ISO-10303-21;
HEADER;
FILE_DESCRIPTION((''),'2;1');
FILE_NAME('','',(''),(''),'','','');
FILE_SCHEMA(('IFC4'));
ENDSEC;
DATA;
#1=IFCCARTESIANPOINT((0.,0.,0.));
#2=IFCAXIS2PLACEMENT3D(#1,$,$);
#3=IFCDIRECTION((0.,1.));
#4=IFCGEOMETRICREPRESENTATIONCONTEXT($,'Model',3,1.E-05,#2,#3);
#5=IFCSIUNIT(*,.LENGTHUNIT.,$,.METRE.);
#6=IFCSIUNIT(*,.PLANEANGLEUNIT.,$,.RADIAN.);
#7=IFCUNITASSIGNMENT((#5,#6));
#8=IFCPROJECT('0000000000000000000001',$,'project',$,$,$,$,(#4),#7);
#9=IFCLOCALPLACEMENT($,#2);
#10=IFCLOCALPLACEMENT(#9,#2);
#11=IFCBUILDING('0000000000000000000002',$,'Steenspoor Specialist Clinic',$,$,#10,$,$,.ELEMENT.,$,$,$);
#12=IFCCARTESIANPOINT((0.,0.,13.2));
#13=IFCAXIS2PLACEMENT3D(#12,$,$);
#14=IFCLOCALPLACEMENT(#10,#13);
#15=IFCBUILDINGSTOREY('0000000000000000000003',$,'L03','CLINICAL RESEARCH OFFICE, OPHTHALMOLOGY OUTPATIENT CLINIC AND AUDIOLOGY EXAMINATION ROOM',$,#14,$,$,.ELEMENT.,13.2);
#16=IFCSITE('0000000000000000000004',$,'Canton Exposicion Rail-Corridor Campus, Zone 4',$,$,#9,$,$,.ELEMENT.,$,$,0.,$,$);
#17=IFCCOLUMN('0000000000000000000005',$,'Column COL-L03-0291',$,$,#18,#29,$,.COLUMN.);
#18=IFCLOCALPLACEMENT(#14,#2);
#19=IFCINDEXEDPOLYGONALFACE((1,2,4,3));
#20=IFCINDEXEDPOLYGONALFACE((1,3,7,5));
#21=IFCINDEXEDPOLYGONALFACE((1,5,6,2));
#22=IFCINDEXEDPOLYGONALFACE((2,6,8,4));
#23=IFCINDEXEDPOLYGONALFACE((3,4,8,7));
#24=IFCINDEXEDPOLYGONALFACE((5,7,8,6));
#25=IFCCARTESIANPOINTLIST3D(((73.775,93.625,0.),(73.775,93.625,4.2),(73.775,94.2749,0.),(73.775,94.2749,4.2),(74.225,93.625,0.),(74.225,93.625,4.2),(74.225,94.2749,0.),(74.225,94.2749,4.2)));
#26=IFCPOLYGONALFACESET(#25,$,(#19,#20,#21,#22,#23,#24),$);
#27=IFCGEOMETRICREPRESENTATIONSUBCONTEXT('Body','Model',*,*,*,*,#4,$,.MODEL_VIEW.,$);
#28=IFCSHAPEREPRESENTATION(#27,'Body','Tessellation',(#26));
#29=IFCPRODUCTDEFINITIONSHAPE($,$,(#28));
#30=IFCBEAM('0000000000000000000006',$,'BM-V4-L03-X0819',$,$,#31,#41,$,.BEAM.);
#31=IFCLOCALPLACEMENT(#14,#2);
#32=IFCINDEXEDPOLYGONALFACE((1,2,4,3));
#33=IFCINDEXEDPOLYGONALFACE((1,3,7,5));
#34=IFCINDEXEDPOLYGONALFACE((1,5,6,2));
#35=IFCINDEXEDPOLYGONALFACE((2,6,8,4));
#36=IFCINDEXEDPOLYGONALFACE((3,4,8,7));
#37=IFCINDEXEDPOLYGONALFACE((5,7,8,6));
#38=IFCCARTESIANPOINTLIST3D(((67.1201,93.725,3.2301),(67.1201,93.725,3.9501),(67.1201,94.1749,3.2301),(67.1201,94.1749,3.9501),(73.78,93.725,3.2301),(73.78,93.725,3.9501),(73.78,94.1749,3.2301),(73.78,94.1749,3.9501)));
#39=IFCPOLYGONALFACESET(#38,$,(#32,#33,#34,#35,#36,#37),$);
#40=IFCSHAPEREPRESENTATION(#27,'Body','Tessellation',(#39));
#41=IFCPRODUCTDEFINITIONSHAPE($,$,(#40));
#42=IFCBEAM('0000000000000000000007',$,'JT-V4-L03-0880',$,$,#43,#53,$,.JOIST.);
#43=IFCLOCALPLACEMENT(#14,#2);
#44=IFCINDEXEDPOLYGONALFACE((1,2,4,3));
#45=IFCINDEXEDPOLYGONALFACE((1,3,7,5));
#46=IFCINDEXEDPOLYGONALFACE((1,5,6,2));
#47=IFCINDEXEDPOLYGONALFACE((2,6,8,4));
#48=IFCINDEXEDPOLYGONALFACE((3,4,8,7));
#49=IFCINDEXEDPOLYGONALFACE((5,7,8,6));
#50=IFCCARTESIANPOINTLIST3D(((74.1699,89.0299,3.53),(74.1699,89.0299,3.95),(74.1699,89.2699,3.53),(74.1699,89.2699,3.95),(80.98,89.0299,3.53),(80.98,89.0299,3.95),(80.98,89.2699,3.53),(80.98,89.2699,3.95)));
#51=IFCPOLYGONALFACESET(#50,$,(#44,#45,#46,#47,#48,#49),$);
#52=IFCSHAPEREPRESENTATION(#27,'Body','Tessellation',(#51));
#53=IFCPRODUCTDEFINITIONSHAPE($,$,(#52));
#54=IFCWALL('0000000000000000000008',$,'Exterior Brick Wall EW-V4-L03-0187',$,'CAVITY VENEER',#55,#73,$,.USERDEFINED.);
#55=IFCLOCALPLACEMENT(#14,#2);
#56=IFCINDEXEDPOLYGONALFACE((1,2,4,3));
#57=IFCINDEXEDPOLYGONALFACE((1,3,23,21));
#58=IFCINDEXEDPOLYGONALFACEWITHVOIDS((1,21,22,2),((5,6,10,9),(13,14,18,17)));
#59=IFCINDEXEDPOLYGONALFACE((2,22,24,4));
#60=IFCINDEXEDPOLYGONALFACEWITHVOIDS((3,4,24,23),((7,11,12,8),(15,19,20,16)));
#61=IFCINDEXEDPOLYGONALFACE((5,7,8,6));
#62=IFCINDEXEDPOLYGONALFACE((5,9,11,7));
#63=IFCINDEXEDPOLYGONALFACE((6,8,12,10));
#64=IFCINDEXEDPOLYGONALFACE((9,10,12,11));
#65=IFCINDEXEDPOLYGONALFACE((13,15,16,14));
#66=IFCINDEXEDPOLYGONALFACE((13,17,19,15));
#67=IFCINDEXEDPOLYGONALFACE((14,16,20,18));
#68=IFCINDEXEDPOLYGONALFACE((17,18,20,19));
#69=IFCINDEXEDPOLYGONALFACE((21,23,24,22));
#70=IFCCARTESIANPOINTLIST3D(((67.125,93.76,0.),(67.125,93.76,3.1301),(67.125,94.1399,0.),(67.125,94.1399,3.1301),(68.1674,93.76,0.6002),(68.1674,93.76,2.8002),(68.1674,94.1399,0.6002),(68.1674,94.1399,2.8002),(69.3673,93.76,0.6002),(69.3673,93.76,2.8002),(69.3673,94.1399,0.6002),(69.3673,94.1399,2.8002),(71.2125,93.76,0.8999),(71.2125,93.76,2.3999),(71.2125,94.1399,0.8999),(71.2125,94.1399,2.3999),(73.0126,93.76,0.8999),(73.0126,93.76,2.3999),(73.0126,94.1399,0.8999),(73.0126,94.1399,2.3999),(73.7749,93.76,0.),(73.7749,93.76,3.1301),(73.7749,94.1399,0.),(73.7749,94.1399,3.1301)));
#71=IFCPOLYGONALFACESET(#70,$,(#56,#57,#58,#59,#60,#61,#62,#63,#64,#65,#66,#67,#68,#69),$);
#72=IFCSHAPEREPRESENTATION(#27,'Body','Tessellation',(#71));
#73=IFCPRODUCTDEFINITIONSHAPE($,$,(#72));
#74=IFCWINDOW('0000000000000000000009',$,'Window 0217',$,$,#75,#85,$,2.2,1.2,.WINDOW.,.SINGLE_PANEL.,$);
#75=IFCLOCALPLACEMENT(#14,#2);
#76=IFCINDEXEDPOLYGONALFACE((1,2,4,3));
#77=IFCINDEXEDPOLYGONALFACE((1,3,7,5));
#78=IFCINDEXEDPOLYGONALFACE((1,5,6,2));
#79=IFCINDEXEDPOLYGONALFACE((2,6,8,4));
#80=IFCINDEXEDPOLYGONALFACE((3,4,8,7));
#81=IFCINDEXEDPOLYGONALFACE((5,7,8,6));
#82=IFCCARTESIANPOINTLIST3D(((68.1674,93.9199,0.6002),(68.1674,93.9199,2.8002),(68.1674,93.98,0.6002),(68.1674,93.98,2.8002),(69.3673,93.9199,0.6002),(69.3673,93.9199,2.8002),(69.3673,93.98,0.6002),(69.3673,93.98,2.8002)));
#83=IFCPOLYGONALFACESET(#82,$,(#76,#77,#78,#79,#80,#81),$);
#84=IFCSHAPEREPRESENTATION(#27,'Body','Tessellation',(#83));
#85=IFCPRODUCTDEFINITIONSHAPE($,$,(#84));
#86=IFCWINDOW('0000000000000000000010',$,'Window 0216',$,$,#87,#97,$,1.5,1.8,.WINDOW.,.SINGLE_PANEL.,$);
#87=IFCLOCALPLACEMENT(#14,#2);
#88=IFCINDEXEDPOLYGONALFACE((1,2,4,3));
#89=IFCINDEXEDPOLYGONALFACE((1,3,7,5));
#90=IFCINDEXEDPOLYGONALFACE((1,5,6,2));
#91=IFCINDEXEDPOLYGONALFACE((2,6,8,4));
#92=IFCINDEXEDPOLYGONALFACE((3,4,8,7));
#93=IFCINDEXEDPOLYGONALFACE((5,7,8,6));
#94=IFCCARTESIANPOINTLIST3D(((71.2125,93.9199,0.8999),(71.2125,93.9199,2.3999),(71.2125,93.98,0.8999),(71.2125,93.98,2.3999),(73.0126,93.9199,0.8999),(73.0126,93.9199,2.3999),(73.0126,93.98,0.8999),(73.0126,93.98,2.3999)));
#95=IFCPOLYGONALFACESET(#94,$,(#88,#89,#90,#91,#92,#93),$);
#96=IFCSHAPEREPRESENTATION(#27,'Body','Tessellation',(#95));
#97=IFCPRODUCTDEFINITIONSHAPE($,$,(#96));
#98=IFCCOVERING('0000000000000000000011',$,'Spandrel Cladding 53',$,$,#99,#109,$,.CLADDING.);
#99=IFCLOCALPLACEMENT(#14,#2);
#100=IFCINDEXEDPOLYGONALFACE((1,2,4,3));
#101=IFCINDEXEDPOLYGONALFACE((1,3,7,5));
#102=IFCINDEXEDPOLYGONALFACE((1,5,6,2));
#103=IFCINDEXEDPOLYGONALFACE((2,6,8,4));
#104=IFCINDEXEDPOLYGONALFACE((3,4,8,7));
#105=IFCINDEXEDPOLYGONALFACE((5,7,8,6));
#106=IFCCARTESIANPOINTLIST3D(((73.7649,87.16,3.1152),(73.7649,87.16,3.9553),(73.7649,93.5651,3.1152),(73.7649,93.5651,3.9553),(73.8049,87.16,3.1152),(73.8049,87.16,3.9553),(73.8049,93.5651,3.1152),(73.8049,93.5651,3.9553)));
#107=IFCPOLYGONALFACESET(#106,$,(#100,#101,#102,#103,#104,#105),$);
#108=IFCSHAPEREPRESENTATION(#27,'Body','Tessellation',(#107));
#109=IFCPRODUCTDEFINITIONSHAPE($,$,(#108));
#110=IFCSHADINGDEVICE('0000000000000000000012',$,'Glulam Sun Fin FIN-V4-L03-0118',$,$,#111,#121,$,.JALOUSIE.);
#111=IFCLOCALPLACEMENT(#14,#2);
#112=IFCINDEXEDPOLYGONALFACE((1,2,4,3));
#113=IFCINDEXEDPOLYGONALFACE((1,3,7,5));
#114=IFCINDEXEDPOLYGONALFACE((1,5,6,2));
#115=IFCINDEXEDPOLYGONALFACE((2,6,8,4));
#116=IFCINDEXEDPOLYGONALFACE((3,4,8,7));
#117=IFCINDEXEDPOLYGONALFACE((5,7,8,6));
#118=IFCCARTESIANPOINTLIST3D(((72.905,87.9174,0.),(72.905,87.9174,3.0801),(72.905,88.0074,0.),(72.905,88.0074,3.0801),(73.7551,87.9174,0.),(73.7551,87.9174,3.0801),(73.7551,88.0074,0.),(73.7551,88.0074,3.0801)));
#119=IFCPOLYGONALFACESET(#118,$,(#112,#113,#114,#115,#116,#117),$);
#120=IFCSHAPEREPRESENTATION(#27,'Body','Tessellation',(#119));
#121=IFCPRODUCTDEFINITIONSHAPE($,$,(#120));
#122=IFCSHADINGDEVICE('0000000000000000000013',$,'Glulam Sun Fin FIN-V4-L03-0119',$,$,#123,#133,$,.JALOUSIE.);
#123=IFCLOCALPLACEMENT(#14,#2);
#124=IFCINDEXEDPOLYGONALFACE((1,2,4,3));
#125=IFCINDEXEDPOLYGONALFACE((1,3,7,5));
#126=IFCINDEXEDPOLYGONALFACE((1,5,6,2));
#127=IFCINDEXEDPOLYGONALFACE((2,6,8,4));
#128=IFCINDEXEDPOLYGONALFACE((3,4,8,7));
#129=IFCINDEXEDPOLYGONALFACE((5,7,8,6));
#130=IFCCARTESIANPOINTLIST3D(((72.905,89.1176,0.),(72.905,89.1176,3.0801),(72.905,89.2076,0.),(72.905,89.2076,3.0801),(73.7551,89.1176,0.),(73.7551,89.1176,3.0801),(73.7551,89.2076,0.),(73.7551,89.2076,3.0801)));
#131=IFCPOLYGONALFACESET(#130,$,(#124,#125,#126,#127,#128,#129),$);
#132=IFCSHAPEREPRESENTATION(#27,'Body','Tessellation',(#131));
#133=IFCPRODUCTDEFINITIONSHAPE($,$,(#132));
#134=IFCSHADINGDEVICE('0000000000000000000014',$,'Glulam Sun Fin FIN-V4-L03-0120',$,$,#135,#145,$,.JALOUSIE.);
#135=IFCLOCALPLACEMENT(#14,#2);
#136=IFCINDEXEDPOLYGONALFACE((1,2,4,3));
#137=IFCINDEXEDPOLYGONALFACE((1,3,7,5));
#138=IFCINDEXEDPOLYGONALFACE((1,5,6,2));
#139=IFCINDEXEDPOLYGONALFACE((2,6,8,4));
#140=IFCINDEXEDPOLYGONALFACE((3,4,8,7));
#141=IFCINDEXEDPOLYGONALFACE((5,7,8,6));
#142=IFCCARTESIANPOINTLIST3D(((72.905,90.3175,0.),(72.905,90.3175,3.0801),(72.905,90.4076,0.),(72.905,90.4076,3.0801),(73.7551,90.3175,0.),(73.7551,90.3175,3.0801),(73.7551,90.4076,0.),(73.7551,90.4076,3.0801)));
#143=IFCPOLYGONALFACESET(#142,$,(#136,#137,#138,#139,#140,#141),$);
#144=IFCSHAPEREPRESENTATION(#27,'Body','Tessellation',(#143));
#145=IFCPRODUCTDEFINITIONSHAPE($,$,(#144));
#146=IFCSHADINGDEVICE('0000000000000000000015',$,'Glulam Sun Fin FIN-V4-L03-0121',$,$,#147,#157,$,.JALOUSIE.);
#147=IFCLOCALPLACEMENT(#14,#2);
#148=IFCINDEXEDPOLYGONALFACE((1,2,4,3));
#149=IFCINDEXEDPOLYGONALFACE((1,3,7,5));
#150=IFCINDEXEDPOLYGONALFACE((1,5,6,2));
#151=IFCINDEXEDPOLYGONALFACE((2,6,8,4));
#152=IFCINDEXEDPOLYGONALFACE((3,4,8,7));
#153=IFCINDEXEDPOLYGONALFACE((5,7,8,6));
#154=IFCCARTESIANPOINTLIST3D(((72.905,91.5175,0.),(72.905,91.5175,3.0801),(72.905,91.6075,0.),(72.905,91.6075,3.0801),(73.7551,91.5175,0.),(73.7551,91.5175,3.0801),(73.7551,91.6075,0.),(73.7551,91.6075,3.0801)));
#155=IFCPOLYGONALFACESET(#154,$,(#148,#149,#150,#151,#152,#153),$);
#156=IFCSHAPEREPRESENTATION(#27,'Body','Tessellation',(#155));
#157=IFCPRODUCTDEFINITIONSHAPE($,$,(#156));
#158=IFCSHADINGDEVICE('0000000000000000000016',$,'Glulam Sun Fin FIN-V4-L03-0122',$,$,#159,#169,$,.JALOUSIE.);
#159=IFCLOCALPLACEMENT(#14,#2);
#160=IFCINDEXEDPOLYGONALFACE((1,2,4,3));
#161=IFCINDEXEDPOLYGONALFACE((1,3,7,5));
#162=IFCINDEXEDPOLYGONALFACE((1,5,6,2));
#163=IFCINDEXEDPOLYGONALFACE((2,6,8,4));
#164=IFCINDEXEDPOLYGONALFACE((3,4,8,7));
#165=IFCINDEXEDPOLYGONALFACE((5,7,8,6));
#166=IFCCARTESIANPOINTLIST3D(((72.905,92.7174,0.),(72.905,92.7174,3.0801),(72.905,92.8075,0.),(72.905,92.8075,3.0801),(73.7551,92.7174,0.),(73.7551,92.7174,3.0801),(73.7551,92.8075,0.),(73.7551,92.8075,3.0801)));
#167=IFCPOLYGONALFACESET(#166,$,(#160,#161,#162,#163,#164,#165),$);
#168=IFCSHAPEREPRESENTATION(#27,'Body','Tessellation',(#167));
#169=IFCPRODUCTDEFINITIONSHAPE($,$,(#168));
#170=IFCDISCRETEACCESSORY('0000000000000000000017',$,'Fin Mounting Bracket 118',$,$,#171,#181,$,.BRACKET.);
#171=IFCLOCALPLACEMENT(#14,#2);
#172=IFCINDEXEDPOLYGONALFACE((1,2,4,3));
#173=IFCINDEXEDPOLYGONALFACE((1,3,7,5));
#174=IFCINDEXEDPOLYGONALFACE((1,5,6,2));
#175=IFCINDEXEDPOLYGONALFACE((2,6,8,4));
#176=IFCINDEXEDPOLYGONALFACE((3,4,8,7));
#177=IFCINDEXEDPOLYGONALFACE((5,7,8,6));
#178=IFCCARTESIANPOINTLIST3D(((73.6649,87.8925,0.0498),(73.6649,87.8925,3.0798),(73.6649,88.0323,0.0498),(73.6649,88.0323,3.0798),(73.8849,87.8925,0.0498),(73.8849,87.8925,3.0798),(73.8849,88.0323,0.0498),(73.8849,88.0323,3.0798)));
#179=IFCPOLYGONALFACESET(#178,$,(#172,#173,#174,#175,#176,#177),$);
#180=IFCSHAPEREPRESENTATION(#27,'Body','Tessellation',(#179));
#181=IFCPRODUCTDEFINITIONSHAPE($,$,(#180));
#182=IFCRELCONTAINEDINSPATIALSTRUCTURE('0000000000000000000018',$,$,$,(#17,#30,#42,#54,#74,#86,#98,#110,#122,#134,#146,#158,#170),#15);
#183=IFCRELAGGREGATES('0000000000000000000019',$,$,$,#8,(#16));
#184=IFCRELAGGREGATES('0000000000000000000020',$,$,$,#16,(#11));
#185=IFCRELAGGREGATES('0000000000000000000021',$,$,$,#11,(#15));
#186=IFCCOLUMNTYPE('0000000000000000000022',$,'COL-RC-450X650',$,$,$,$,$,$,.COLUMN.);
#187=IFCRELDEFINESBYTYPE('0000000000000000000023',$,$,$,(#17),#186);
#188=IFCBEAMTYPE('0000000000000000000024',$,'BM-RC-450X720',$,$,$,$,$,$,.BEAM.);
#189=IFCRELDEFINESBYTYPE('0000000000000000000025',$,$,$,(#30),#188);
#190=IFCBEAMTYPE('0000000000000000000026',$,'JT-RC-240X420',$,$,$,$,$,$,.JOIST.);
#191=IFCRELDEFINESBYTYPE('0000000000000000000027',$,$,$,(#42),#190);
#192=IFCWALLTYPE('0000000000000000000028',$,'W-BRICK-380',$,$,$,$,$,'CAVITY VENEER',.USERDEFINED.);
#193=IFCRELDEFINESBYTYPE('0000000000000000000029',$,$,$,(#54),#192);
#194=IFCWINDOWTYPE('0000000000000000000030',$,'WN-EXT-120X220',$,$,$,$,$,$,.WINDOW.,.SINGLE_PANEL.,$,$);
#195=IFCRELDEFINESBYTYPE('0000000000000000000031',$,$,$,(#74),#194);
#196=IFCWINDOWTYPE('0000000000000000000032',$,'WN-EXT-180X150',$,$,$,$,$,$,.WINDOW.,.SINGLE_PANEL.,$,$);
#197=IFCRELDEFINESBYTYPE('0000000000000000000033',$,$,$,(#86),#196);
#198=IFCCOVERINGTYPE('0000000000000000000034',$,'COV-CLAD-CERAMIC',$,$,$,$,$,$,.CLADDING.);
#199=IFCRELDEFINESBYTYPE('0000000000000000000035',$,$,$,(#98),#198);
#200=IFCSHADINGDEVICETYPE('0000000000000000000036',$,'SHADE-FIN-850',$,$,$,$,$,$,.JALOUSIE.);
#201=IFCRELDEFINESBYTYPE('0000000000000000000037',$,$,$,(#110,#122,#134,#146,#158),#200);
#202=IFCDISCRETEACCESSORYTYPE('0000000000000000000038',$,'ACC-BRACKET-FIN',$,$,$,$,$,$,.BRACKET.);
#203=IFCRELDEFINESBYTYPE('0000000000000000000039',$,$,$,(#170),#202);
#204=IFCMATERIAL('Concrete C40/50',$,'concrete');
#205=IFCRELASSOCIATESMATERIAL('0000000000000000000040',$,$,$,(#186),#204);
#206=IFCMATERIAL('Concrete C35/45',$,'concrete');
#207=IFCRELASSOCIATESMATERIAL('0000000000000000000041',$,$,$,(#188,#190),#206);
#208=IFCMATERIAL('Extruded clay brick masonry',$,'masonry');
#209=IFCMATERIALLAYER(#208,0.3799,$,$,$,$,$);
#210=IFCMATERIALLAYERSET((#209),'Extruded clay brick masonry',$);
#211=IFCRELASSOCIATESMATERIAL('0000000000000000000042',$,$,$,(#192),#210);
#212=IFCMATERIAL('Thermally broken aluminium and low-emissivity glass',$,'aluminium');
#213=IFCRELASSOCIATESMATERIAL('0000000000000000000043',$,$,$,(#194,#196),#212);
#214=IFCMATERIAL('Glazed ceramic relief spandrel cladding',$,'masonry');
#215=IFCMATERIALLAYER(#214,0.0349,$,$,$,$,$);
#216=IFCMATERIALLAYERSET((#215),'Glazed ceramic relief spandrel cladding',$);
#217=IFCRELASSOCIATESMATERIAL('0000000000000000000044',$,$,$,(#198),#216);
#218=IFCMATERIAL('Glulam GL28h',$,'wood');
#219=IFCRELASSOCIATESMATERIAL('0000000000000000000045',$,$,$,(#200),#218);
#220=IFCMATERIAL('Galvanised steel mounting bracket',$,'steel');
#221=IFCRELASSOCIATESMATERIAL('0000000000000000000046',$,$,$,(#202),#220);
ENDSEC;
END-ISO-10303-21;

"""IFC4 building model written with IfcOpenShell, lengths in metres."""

from ifc_helpers import new_model, si_unit, direction, frame, frame_2d, origin, origin_2d, place, context, subcontext, project, spatial, rectangle, extrude, material, layer, layer_set, material_profile, profile_set, type_object, element, fill, save


model = new_model("IFC4")

# Units and contexts
model_context = context("Model", 3, precision=1e-05, world=origin(), true_north=direction((0.0, 1.0)))
body_context = subcontext(model_context, "Body", "Model", "MODEL_VIEW")
ifc_project = project(units=[si_unit("LENGTHUNIT", "METRE"), si_unit("PLANEANGLEUNIT", "RADIAN")], contexts=[model_context])

# Site, building, storey
site_placement = place(None, origin())
site = spatial("IfcSite", under=ifc_project, at=site_placement, Name="Canton Exposicion Rail-Corridor Campus, Zone 4", CompositionType="ELEMENT", RefElevation=0.0)
building_placement = place(site_placement, origin())
building = spatial("IfcBuilding", under=site, at=building_placement, Name="Steenspoor Specialist Clinic", CompositionType="ELEMENT")
storey_placement = place(building_placement, frame((0.0, 0.0, 13.2)))
storey = spatial("IfcBuildingStorey", under=building, at=storey_placement, Name="L03", Description="CLINICAL RESEARCH OFFICE, OPHTHALMOLOGY OUTPATIENT CLINIC AND AUDIOLOGY EXAMINATION ROOM", CompositionType="ELEMENT", Elevation=13.2)

# Column
ifc_material_1 = material(Name="Concrete C40/50", Category="concrete")
ifc_material_profile_1 = material_profile(ifc_material_1, rectangle(XDim=0.45, YDim=0.6499, at=origin_2d()), Name="RC-COL-450X650")
ifc_profile_set_1 = profile_set([ifc_material_profile_1], Name="Concrete C40/50")
column_type = type_object("IfcColumnType", Name="COL-RC-450X650", PredefinedType="COLUMN", material=ifc_profile_set_1)
column_placement = place(storey_placement, frame((74.0, 93.95, 0.0), z_axis=(0.0, 0.0, 1.0), x_axis=(1.0, 0.0, 0.0)))
element("IfcColumn", 1, at=column_placement, inside=storey, type_object=column_type, Name="Column COL-L03-0291", PredefinedType="COLUMN", context=body_context, shape_type="SweptSolid", body=[
    extrude(rectangle(XDim=0.45, YDim=0.6499, at=origin_2d()), origin(), (0.0, 0.0, 1.0), 4.2),
])

# Beams
ifc_material_2 = material(Name="Concrete C35/45", Category="concrete")
ifc_material_profile_2 = material_profile(ifc_material_2, rectangle(XDim=0.45, YDim=0.72, at=origin_2d()), Name="RC-BM-450X720")
ifc_profile_set_2 = profile_set([ifc_material_profile_2], Name="Concrete C35/45")
beam_type_1 = type_object("IfcBeamType", Name="BM-RC-450X720", PredefinedType="BEAM", material=ifc_profile_set_2)
beam_1_placement = place(storey_placement, frame((67.1201, 93.95, 3.5901), z_axis=(1.0, 0.0, 0.0), x_axis=(0.0, 1.0, 0.0)))
element("IfcBeam", 2, at=beam_1_placement, inside=storey, type_object=beam_type_1, Name="BM-V4-L03-X0819", PredefinedType="BEAM", context=body_context, shape_type="SweptSolid", body=[
    extrude(rectangle(XDim=0.45, YDim=0.72, at=origin_2d()), origin(), (0.0, 0.0, 1.0), 6.6599),
])
ifc_material_profile_3 = material_profile(ifc_material_2, rectangle(XDim=0.24, YDim=0.4199, at=origin_2d()), Name="RC-JT-240X420")
ifc_profile_set_3 = profile_set([ifc_material_profile_3], Name="Concrete C35/45")
beam_type_2 = type_object("IfcBeamType", Name="JT-RC-240X420", PredefinedType="JOIST", material=ifc_profile_set_3)
beam_2_placement = place(storey_placement, frame((74.1699, 89.1499, 3.74), z_axis=(1.0, 0.0, 0.0), x_axis=(0.0, 1.0, 0.0)))
element("IfcBeam", 3, at=beam_2_placement, inside=storey, type_object=beam_type_2, Name="JT-V4-L03-0880", PredefinedType="JOIST", context=body_context, shape_type="SweptSolid", body=[
    extrude(rectangle(XDim=0.24, YDim=0.4199, at=origin_2d()), origin(), (0.0, 0.0, 1.0), 6.8101),
])

# Wall, openings, windows
ifc_material_3 = material(Name="Extruded clay brick masonry", Category="masonry")
ifc_layer_1 = layer(ifc_material_3, 0.3799)
ifc_layer_set_1 = layer_set([ifc_layer_1], Name="Extruded clay brick masonry")
wall_type = type_object("IfcWallType", Name="W-BRICK-380", ElementType="CAVITY VENEER", PredefinedType="USERDEFINED", material=ifc_layer_set_1)
wall_placement = place(storey_placement, frame((73.7749, 93.95, 0.0), z_axis=(0.0, 0.0, 1.0), x_axis=(-1.0, 0.0, 0.0)))
wall = element("IfcWall", 4, at=wall_placement, inside=storey, type_object=wall_type, Name="Exterior Brick Wall EW-V4-L03-0187", ObjectType="CAVITY VENEER", PredefinedType="USERDEFINED", context=body_context, shape_type="SweptSolid", body=[
    extrude(rectangle(XDim=6.6499, YDim=0.3799, at=frame_2d((3.325, 0.0))), origin(), (0.0, 0.0, 1.0), 3.1301),
])
opening_1_placement = place(wall_placement, frame((0.7625, 0.0, 0.8999)))
opening_1 = element("IfcOpeningElement", 5, at=opening_1_placement, cuts=wall, PredefinedType="OPENING", context=body_context, shape_type="SweptSolid", body=[
    extrude(rectangle(XDim=1.8, YDim=1.5, at=frame_2d((0.8999, 0.75))), frame((0.0, 0.2, 0.0), z_axis=(0.0, -1.0, 0.0), x_axis=(1.0, 0.0, 0.0)), (0.0, 0.0, 1.0), 0.3999),
])
opening_2_placement = place(wall_placement, frame((4.4075, 0.0, 0.6001)))
opening_2 = element("IfcOpeningElement", 6, at=opening_2_placement, cuts=wall, PredefinedType="OPENING", context=body_context, shape_type="SweptSolid", body=[
    extrude(rectangle(XDim=1.2, YDim=2.2, at=frame_2d((0.6001, 1.1001))), frame((0.0, 0.2, 0.0), z_axis=(0.0, -1.0, 0.0), x_axis=(1.0, 0.0, 0.0)), (0.0, 0.0, 1.0), 0.3999),
])
ifc_material_4 = material(Name="Thermally broken aluminium and low-emissivity glass", Category="aluminium")
window_type_1 = type_object("IfcWindowType", Name="WN-EXT-120X220", PartitioningType="SINGLE_PANEL", PredefinedType="WINDOW", material=ifc_material_4)
window_1_placement = place(opening_2_placement, origin())
window_1 = element("IfcWindow", 7, at=window_1_placement, inside=storey, type_object=window_type_1, Name="Window 0217", OverallHeight=2.2, OverallWidth=1.2, PartitioningType="SINGLE_PANEL", PredefinedType="WINDOW", context=body_context, shape_type="SweptSolid", body=[
    extrude(rectangle(XDim=1.2, YDim=2.2, at=frame_2d((0.6001, 1.1001))), frame((0.0, 0.03, 0.0), z_axis=(0.0, -1.0, 0.0), x_axis=(1.0, 0.0, 0.0)), (0.0, 0.0, 1.0), 0.0601),
])
fill(opening_2, window_1)
window_type_2 = type_object("IfcWindowType", Name="WN-EXT-180X150", PartitioningType="SINGLE_PANEL", PredefinedType="WINDOW", material=ifc_material_4)
window_2_placement = place(opening_1_placement, origin())
window_2 = element("IfcWindow", 8, at=window_2_placement, inside=storey, type_object=window_type_2, Name="Window 0216", OverallHeight=1.5, OverallWidth=1.8, PartitioningType="SINGLE_PANEL", PredefinedType="WINDOW", context=body_context, shape_type="SweptSolid", body=[
    extrude(rectangle(XDim=1.8, YDim=1.5, at=frame_2d((0.8999, 0.75))), frame((0.0, 0.03, 0.0), z_axis=(0.0, -1.0, 0.0), x_axis=(1.0, 0.0, 0.0)), (0.0, 0.0, 1.0), 0.0601),
])
fill(opening_1, window_2)

# Covering
ifc_material_5 = material(Name="Glazed ceramic relief spandrel cladding", Category="masonry")
ifc_layer_2 = layer(ifc_material_5, 0.0349)
ifc_layer_set_2 = layer_set([ifc_layer_2], Name="Glazed ceramic relief spandrel cladding")
covering_type = type_object("IfcCoveringType", Name="COV-CLAD-CERAMIC", PredefinedType="CLADDING", material=ifc_layer_set_2)
covering_placement = place(storey_placement, frame((73.7849, 90.3625, 3.1152), z_axis=(0.0, 0.0, 1.0), x_axis=(0.0, 1.0, 0.0)))
element("IfcCovering", 9, at=covering_placement, inside=storey, type_object=covering_type, Name="Spandrel Cladding 53", PredefinedType="CLADDING", context=body_context, shape_type="SweptSolid", body=[
    extrude(rectangle(XDim=6.405, YDim=0.04, at=origin_2d()), origin(), (0.0, 0.0, 1.0), 0.8401),
])

# Shading devices
ifc_material_6 = material(Name="Glulam GL28h", Category="wood")
ifc_material_profile_4 = material_profile(ifc_material_6, rectangle(XDim=0.0901, YDim=0.8501, at=origin_2d()), Name="GL28H-90X850")
ifc_profile_set_4 = profile_set([ifc_material_profile_4], Name="Glulam GL28h")
shading_device_type = type_object("IfcShadingDeviceType", Name="SHADE-FIN-850", PredefinedType="JALOUSIE", material=ifc_profile_set_4)
for number, where, z_axis, x_axis, name in (
    (10, (73.3301, 87.9624, 0.0), (0.0, 0.0, 1.0), (0.0, 1.0, 0.0), "Glulam Sun Fin FIN-V4-L03-0118"),
    (11, (73.3301, 89.1626, 0.0), (0.0, 0.0, 1.0), (0.0, 1.0, 0.0), "Glulam Sun Fin FIN-V4-L03-0119"),
    (12, (73.3301, 90.3625, 0.0), (0.0, 0.0, 1.0), (0.0, 1.0, 0.0), "Glulam Sun Fin FIN-V4-L03-0120"),
    (13, (73.3301, 91.5625, 0.0), (0.0, 0.0, 1.0), (0.0, 1.0, 0.0), "Glulam Sun Fin FIN-V4-L03-0121"),
    (14, (73.3301, 92.7625, 0.0), (0.0, 0.0, 1.0), (0.0, 1.0, 0.0), "Glulam Sun Fin FIN-V4-L03-0122"),
):
    element("IfcShadingDevice", number, at=place(storey_placement, frame(where, z_axis=z_axis, x_axis=x_axis)), inside=storey, type_object=shading_device_type, Name=name, PredefinedType="JALOUSIE", context=body_context, shape_type="SweptSolid", body=[
        extrude(rectangle(XDim=0.0901, YDim=0.8501, at=origin_2d()), origin(), (0.0, 0.0, 1.0), 3.0801),
    ])

# Discrete accessory
ifc_material_7 = material(Name="Galvanised steel mounting bracket", Category="steel")
discrete_accessory_type = type_object("IfcDiscreteAccessoryType", Name="ACC-BRACKET-FIN", PredefinedType="BRACKET", material=ifc_material_7)
for number, where, z_axis, x_axis, name in (
    (15, (73.7749, 87.9624, 0.0498), (0.0, 0.0, 1.0), (-1.0, 0.0, 0.0), "Fin Mounting Bracket 118"),
):
    element("IfcDiscreteAccessory", number, at=place(storey_placement, frame(where, z_axis=z_axis, x_axis=x_axis)), inside=storey, type_object=discrete_accessory_type, Name=name, PredefinedType="BRACKET", context=body_context, shape_type="SweptSolid", body=[
        extrude(rectangle(XDim=0.22, YDim=0.1399, at=origin_2d()), origin(), (0.0, 0.0, 1.0), 3.03),
    ])

save(model, "model.ifc")
